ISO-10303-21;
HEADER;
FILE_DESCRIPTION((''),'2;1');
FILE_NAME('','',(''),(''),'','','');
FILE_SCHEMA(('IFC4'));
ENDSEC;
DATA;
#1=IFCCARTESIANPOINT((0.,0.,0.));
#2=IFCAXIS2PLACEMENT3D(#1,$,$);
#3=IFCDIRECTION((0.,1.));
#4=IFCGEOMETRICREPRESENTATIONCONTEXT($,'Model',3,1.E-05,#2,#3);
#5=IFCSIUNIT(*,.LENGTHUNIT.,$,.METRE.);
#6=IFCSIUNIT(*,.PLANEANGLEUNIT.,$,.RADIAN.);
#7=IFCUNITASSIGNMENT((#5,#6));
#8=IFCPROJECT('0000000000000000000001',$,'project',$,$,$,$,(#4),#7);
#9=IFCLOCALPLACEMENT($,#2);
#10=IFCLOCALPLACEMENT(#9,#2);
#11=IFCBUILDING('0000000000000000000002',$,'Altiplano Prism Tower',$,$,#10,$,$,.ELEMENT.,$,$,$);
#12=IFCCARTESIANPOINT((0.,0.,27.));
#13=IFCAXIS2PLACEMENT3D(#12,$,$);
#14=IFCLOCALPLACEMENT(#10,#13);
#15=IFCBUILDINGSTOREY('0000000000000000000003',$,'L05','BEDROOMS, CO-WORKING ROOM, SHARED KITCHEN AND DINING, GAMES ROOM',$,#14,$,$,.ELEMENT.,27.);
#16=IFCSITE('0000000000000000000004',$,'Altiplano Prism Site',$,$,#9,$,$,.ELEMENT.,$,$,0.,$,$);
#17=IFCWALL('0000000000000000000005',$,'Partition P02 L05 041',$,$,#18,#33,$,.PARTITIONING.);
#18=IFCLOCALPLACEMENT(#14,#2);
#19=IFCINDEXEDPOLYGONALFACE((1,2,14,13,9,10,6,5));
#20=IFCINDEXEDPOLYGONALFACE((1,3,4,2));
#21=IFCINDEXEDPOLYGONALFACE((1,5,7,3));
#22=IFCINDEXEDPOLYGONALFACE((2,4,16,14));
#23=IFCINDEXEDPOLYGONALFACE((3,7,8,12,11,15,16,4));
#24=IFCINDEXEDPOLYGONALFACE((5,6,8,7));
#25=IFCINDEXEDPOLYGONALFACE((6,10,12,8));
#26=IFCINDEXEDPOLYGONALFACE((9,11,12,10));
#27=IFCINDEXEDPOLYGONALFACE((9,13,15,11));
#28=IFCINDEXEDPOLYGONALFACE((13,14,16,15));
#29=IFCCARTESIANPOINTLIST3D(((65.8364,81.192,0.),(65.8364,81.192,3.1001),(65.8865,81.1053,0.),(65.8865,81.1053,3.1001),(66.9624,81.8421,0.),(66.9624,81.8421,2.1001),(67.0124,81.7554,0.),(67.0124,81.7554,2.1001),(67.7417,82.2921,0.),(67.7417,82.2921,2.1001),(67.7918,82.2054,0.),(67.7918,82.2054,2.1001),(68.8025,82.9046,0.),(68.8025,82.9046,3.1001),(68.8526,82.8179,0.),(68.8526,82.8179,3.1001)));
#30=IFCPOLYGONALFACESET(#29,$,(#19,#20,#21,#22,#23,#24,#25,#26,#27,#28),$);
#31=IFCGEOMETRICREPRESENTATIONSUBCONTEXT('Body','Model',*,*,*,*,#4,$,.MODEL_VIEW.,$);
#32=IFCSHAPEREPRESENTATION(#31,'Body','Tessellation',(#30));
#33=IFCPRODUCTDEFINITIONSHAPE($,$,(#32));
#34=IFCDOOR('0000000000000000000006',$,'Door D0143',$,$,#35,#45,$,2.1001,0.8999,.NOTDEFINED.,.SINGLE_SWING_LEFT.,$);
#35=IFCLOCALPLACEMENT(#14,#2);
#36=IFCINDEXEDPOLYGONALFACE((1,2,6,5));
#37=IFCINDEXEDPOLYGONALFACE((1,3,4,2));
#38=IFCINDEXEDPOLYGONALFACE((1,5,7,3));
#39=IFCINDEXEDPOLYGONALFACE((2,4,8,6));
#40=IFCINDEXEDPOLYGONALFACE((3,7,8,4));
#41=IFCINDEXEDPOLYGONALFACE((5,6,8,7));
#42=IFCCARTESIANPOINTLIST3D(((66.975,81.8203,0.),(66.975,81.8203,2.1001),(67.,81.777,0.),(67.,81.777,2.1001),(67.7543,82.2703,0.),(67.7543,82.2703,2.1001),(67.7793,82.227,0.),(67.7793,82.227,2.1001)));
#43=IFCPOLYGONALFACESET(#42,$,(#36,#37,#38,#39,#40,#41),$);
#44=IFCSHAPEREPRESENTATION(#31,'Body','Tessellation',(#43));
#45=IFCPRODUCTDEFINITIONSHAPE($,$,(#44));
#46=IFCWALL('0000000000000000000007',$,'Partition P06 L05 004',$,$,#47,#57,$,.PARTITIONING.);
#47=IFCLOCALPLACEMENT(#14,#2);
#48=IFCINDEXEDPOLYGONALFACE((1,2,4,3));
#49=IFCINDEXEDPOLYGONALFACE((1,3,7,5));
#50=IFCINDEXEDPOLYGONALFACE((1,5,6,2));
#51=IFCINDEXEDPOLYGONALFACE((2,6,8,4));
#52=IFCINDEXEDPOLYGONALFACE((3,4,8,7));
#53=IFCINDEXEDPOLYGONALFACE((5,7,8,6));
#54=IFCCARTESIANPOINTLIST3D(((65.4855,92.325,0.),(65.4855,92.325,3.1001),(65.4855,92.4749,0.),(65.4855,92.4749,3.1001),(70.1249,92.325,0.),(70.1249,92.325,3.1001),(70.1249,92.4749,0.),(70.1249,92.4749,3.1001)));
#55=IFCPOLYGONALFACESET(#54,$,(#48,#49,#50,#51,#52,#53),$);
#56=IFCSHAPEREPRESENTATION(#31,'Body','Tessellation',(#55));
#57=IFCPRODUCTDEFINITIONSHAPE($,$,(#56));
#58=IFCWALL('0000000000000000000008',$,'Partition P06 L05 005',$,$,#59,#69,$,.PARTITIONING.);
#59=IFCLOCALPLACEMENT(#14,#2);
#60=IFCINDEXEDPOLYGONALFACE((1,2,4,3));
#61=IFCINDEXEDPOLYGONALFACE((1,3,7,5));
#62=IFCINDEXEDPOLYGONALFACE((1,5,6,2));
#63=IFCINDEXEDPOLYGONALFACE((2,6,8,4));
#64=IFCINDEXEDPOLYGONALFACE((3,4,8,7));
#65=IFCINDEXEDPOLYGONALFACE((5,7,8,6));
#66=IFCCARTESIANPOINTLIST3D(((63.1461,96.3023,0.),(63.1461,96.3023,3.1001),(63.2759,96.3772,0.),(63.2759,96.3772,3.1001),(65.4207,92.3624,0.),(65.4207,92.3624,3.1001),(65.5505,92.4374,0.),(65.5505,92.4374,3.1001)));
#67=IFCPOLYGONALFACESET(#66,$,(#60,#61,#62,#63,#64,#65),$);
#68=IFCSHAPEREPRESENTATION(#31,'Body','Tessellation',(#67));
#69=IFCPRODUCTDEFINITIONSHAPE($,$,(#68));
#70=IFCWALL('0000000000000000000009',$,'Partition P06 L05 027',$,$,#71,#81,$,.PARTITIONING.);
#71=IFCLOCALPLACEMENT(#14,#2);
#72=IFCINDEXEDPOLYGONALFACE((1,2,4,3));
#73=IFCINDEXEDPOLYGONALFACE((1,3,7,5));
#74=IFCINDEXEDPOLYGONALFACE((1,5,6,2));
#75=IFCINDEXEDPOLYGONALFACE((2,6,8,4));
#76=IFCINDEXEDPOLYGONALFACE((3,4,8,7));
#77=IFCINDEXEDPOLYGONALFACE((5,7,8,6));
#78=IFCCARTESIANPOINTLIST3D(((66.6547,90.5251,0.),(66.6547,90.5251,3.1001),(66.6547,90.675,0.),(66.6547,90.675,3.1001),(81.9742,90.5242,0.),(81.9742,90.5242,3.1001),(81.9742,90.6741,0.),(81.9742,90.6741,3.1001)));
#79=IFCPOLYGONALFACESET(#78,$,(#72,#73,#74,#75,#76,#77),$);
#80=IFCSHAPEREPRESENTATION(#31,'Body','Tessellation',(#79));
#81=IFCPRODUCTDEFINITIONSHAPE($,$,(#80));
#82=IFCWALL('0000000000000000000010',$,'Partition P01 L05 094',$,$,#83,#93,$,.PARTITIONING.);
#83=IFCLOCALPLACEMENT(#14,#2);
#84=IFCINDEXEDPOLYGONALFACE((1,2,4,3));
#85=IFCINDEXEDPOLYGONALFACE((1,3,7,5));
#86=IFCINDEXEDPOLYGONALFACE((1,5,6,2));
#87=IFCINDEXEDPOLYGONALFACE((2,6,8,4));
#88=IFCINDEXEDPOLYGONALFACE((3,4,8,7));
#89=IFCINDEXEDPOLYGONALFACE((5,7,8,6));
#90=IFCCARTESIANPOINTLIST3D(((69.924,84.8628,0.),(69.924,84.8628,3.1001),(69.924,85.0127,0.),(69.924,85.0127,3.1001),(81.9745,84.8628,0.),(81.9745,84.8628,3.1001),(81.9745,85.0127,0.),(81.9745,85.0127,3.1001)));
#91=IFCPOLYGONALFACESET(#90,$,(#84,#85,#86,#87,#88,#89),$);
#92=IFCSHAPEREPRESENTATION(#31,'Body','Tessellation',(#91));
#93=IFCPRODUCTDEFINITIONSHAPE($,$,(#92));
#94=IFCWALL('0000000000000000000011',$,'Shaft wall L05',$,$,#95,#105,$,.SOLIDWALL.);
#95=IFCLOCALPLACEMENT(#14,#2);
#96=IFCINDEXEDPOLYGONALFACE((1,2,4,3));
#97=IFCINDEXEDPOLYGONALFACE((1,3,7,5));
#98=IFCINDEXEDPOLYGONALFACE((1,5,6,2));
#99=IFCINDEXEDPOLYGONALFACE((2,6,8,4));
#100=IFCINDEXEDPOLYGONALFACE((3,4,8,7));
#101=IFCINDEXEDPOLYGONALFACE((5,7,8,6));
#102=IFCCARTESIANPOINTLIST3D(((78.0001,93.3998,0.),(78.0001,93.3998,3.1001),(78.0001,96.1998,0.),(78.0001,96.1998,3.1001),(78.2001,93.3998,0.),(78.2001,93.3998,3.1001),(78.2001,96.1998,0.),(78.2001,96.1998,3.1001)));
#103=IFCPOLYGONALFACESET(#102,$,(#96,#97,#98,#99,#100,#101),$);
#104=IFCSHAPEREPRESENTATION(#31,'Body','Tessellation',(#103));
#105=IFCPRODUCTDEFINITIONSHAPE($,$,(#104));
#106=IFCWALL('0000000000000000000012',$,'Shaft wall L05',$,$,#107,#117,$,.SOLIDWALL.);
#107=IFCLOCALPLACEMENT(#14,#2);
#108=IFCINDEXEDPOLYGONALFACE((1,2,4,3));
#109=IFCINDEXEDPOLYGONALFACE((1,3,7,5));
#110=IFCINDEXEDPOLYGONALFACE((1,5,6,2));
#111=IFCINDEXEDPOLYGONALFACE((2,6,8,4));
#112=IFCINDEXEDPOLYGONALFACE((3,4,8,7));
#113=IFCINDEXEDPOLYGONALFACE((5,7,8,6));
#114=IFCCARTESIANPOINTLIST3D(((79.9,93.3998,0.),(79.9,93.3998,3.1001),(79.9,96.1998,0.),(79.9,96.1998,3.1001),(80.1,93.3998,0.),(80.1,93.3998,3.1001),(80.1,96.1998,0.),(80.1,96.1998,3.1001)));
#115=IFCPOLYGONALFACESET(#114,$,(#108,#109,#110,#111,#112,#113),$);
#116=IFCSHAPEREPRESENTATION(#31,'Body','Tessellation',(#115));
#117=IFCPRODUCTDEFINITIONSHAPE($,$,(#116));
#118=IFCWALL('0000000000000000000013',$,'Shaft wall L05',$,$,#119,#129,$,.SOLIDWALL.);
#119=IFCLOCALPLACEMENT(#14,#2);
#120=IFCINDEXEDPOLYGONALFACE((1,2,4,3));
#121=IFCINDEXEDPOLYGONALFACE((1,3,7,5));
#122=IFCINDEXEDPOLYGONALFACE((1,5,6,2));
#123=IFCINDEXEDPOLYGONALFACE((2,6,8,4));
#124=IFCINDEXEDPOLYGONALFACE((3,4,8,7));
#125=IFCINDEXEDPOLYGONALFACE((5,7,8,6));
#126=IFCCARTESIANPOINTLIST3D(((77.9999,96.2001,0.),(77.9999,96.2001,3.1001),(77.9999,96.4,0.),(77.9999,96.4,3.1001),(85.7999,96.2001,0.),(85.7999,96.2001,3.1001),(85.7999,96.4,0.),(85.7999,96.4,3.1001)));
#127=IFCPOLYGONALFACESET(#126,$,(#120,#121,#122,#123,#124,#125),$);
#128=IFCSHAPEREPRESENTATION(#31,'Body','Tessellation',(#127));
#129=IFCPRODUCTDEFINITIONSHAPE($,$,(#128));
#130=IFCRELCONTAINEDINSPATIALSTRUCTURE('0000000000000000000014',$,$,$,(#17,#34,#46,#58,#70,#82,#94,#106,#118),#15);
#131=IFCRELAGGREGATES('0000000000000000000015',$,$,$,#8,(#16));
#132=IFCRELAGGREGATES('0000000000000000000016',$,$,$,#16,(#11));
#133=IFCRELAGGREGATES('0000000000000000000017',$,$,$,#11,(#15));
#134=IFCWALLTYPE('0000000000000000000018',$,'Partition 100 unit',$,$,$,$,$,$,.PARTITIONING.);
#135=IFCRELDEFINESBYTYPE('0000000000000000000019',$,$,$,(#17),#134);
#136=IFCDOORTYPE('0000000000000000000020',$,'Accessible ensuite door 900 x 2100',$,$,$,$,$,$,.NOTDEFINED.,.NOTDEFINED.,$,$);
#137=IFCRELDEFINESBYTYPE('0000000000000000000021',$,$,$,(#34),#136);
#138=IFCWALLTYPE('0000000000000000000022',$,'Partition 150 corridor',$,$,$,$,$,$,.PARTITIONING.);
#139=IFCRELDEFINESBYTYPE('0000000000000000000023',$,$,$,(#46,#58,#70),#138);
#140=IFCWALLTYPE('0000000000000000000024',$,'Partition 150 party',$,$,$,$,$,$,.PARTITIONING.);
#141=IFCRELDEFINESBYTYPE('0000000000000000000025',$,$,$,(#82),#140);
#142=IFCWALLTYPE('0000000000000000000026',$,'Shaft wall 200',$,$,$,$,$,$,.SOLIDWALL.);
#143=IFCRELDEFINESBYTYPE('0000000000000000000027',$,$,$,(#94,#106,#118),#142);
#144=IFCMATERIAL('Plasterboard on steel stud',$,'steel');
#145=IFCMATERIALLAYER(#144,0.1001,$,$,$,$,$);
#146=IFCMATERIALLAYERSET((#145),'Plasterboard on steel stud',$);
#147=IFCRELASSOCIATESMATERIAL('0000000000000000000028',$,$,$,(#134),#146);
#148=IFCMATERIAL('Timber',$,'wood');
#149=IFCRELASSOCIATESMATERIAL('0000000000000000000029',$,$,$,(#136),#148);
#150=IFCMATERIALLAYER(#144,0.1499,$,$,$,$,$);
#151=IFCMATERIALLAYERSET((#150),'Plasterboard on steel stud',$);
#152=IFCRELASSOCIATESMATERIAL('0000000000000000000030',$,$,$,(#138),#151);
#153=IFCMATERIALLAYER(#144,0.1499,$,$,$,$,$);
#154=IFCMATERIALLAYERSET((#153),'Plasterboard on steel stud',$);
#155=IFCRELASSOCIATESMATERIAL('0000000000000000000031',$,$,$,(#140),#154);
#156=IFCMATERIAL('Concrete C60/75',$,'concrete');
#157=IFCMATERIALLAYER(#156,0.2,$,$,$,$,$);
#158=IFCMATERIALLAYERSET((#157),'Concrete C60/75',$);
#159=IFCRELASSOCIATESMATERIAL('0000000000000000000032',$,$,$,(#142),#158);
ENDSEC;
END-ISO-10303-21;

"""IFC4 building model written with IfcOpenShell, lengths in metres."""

from ifc_helpers import new_model, si_unit, direction, frame, frame_2d, origin, place, context, subcontext, project, spatial, rectangle, extrude, material, layer, layer_set, type_object, element, fill, save


model = new_model("IFC4")

# Units and contexts
model_context = context("Model", 3, precision=1e-05, world=origin(), true_north=direction((0.0, 1.0)))
body_context = subcontext(model_context, "Body", "Model", "MODEL_VIEW")
ifc_project = project(units=[si_unit("LENGTHUNIT", "METRE"), si_unit("PLANEANGLEUNIT", "RADIAN")], contexts=[model_context])

# Site, building, storey
site_placement = place(None, origin())
site = spatial("IfcSite", under=ifc_project, at=site_placement, Name="Altiplano Prism Site", CompositionType="ELEMENT", RefElevation=0.0)
building_placement = place(site_placement, origin())
building = spatial("IfcBuilding", under=site, at=building_placement, Name="Altiplano Prism Tower", CompositionType="ELEMENT")
storey_placement = place(building_placement, frame((0.0, 0.0, 27.0)))
storey = spatial("IfcBuildingStorey", under=building, at=storey_placement, Name="L05", Description="BEDROOMS, CO-WORKING ROOM, SHARED KITCHEN AND DINING, GAMES ROOM", CompositionType="ELEMENT", Elevation=27.0)

# Shared definitions
ifc_material_1 = material(Name="Concrete C60/75", Category="concrete")

# Wall, opening, door
ifc_material_2 = material(Name="Plasterboard on steel stud", Category="steel")
ifc_layer_1 = layer(ifc_material_2, 0.1001)
ifc_layer_set_1 = layer_set([ifc_layer_1], Name="Plasterboard on steel stud")
wall_type_1 = type_object("IfcWallType", Name="Partition 100 unit", PredefinedType="PARTITIONING", material=ifc_layer_set_1)
wall_1_placement = place(storey_placement, frame((65.8616, 81.1487, 0.0), z_axis=(0.0, 0.0, 1.0), x_axis=(0.866002, 0.500041, 0.0)))
wall_1 = element("IfcWall", 1, at=wall_1_placement, inside=storey, type_object=wall_type_1, Name="Partition P02 L05 041", PredefinedType="PARTITIONING", context=body_context, shape_type="SweptSolid", body=[
    extrude(rectangle(XDim=3.425, YDim=0.1001, at=frame_2d((1.7124, 0.0))), origin(), (0.0, 0.0, 1.0), 3.1001),
])
opening_1_placement = place(wall_1_placement, frame((1.3, 0.0, 0.0)))
opening_1 = element("IfcOpeningElement", 2, at=opening_1_placement, cuts=wall_1, PredefinedType="OPENING", context=body_context, shape_type="SweptSolid", body=[
    extrude(rectangle(XDim=0.8999, YDim=2.1001, at=frame_2d((0.45, 1.05))), frame((0.0, 0.0605, 0.0), z_axis=(0.0, -1.0, 0.0), x_axis=(1.0, 0.0, 0.0)), (0.0, 0.0, 1.0), 0.1211),
])
ifc_material_3 = material(Name="Timber", Category="wood")
door_type_1 = type_object("IfcDoorType", Name="Accessible ensuite door 900 x 2100", OperationType="NOTDEFINED", PredefinedType="NOTDEFINED", material=ifc_material_3)
door_1_placement = place(opening_1_placement, origin())
door_1 = element("IfcDoor", 3, at=door_1_placement, inside=storey, type_object=door_type_1, Name="Door D0143", OperationType="SINGLE_SWING_LEFT", OverallHeight=2.1001, OverallWidth=0.8999, PredefinedType="NOTDEFINED", context=body_context, shape_type="SweptSolid", body=[
    extrude(rectangle(XDim=0.8999, YDim=2.1001, at=frame_2d((0.45, 1.05))), frame((0.0, 0.0249, 0.0), z_axis=(0.0, -1.0, 0.0), x_axis=(1.0, 0.0, 0.0)), (0.0, 0.0, 1.0), 0.05),
])
fill(opening_1, door_1)

# Walls
ifc_layer_2 = layer(ifc_material_2, 0.1499)
ifc_layer_set_2 = layer_set([ifc_layer_2], Name="Plasterboard on steel stud")
wall_type_2 = type_object("IfcWallType", Name="Partition 150 corridor", PredefinedType="PARTITIONING", material=ifc_layer_set_2)
wall_2_placement = place(storey_placement, frame((70.125, 92.3999, 0.0), z_axis=(0.0, 0.0, 1.0), x_axis=(-1.0, 0.0, 0.0)))
element("IfcWall", 4, at=wall_2_placement, inside=storey, type_object=wall_type_2, Name="Partition P06 L05 004", PredefinedType="PARTITIONING", context=body_context, shape_type="SweptSolid", body=[
    extrude(rectangle(XDim=4.6394, YDim=0.1499, at=frame_2d((2.3198, 0.0))), origin(), (0.0, 0.0, 1.0), 3.1001),
])
wall_3_placement = place(storey_placement, frame((65.4856, 92.3999, 0.0), z_axis=(0.0, 0.0, 1.0), x_axis=(-0.499989, 0.866032, 0.0)))
element("IfcWall", 5, at=wall_3_placement, inside=storey, type_object=wall_type_2, Name="Partition P06 L05 005", PredefinedType="PARTITIONING", context=body_context, shape_type="SweptSolid", body=[
    extrude(rectangle(XDim=4.5493, YDim=0.1499, at=frame_2d((2.2747, 0.0))), origin(), (0.0, 0.0, 1.0), 3.1001),
])
wall_4_placement = place(storey_placement, frame((66.6548, 90.6001, 0.0), z_axis=(0.0, 0.0, 1.0), x_axis=(1.0, -0.000064, 0.0)))
element("IfcWall", 6, at=wall_4_placement, inside=storey, type_object=wall_type_2, Name="Partition P06 L05 027", PredefinedType="PARTITIONING", context=body_context, shape_type="SweptSolid", body=[
    extrude(rectangle(XDim=15.3196, YDim=0.1499, at=frame_2d((7.6597, 0.0))), origin(), (0.0, 0.0, 1.0), 3.1001),
])
ifc_layer_3 = layer(ifc_material_2, 0.1499)
ifc_layer_set_3 = layer_set([ifc_layer_3], Name="Plasterboard on steel stud")
wall_type_3 = type_object("IfcWallType", Name="Partition 150 party", PredefinedType="PARTITIONING", material=ifc_layer_set_3)
wall_5_placement = place(storey_placement, frame((69.9238, 84.9377, 0.0), z_axis=(0.0, 0.0, 1.0), x_axis=(1.0, 0.0, 0.0)))
element("IfcWall", 7, at=wall_5_placement, inside=storey, type_object=wall_type_3, Name="Partition P01 L05 094", PredefinedType="PARTITIONING", context=body_context, shape_type="SweptSolid", body=[
    extrude(rectangle(XDim=12.0505, YDim=0.1499, at=frame_2d((6.0254, 0.0))), origin(), (0.0, 0.0, 1.0), 3.1001),
])
ifc_layer_4 = layer(ifc_material_1, 0.2)
ifc_layer_set_4 = layer_set([ifc_layer_4], Name="Concrete C60/75")
wall_type_4 = type_object("IfcWallType", Name="Shaft wall 200", PredefinedType="SOLIDWALL", material=ifc_layer_set_4)
for number, where, z_axis, x_axis, name in (
    (8, (78.1001, 93.3999, 0.0), (0.0, 0.0, 1.0), (0.0, 1.0, 0.0), "Shaft wall L05"),
    (9, (80.0, 93.3999, 0.0), (0.0, 0.0, 1.0), (0.0, 1.0, 0.0), "Shaft wall L05"),
):
    element("IfcWall", number, at=place(storey_placement, frame(where, z_axis=z_axis, x_axis=x_axis)), inside=storey, type_object=wall_type_4, Name=name, PredefinedType="SOLIDWALL", context=body_context, shape_type="SweptSolid", body=[
        extrude(rectangle(XDim=2.8, YDim=0.2, at=frame_2d((1.3999, 0.0))), origin(), (0.0, 0.0, 1.0), 3.1001),
    ])
wall_6_placement = place(storey_placement, frame((78.0, 96.3, 0.0), z_axis=(0.0, 0.0, 1.0), x_axis=(1.0, 0.0, 0.0)))
element("IfcWall", 10, at=wall_6_placement, inside=storey, type_object=wall_type_4, Name="Shaft wall L05", PredefinedType="SOLIDWALL", context=body_context, shape_type="SweptSolid", body=[
    extrude(rectangle(XDim=7.8, YDim=0.2, at=frame_2d((3.8999, 0.0))), origin(), (0.0, 0.0, 1.0), 3.1001),
])

save(model, "model.ifc")
